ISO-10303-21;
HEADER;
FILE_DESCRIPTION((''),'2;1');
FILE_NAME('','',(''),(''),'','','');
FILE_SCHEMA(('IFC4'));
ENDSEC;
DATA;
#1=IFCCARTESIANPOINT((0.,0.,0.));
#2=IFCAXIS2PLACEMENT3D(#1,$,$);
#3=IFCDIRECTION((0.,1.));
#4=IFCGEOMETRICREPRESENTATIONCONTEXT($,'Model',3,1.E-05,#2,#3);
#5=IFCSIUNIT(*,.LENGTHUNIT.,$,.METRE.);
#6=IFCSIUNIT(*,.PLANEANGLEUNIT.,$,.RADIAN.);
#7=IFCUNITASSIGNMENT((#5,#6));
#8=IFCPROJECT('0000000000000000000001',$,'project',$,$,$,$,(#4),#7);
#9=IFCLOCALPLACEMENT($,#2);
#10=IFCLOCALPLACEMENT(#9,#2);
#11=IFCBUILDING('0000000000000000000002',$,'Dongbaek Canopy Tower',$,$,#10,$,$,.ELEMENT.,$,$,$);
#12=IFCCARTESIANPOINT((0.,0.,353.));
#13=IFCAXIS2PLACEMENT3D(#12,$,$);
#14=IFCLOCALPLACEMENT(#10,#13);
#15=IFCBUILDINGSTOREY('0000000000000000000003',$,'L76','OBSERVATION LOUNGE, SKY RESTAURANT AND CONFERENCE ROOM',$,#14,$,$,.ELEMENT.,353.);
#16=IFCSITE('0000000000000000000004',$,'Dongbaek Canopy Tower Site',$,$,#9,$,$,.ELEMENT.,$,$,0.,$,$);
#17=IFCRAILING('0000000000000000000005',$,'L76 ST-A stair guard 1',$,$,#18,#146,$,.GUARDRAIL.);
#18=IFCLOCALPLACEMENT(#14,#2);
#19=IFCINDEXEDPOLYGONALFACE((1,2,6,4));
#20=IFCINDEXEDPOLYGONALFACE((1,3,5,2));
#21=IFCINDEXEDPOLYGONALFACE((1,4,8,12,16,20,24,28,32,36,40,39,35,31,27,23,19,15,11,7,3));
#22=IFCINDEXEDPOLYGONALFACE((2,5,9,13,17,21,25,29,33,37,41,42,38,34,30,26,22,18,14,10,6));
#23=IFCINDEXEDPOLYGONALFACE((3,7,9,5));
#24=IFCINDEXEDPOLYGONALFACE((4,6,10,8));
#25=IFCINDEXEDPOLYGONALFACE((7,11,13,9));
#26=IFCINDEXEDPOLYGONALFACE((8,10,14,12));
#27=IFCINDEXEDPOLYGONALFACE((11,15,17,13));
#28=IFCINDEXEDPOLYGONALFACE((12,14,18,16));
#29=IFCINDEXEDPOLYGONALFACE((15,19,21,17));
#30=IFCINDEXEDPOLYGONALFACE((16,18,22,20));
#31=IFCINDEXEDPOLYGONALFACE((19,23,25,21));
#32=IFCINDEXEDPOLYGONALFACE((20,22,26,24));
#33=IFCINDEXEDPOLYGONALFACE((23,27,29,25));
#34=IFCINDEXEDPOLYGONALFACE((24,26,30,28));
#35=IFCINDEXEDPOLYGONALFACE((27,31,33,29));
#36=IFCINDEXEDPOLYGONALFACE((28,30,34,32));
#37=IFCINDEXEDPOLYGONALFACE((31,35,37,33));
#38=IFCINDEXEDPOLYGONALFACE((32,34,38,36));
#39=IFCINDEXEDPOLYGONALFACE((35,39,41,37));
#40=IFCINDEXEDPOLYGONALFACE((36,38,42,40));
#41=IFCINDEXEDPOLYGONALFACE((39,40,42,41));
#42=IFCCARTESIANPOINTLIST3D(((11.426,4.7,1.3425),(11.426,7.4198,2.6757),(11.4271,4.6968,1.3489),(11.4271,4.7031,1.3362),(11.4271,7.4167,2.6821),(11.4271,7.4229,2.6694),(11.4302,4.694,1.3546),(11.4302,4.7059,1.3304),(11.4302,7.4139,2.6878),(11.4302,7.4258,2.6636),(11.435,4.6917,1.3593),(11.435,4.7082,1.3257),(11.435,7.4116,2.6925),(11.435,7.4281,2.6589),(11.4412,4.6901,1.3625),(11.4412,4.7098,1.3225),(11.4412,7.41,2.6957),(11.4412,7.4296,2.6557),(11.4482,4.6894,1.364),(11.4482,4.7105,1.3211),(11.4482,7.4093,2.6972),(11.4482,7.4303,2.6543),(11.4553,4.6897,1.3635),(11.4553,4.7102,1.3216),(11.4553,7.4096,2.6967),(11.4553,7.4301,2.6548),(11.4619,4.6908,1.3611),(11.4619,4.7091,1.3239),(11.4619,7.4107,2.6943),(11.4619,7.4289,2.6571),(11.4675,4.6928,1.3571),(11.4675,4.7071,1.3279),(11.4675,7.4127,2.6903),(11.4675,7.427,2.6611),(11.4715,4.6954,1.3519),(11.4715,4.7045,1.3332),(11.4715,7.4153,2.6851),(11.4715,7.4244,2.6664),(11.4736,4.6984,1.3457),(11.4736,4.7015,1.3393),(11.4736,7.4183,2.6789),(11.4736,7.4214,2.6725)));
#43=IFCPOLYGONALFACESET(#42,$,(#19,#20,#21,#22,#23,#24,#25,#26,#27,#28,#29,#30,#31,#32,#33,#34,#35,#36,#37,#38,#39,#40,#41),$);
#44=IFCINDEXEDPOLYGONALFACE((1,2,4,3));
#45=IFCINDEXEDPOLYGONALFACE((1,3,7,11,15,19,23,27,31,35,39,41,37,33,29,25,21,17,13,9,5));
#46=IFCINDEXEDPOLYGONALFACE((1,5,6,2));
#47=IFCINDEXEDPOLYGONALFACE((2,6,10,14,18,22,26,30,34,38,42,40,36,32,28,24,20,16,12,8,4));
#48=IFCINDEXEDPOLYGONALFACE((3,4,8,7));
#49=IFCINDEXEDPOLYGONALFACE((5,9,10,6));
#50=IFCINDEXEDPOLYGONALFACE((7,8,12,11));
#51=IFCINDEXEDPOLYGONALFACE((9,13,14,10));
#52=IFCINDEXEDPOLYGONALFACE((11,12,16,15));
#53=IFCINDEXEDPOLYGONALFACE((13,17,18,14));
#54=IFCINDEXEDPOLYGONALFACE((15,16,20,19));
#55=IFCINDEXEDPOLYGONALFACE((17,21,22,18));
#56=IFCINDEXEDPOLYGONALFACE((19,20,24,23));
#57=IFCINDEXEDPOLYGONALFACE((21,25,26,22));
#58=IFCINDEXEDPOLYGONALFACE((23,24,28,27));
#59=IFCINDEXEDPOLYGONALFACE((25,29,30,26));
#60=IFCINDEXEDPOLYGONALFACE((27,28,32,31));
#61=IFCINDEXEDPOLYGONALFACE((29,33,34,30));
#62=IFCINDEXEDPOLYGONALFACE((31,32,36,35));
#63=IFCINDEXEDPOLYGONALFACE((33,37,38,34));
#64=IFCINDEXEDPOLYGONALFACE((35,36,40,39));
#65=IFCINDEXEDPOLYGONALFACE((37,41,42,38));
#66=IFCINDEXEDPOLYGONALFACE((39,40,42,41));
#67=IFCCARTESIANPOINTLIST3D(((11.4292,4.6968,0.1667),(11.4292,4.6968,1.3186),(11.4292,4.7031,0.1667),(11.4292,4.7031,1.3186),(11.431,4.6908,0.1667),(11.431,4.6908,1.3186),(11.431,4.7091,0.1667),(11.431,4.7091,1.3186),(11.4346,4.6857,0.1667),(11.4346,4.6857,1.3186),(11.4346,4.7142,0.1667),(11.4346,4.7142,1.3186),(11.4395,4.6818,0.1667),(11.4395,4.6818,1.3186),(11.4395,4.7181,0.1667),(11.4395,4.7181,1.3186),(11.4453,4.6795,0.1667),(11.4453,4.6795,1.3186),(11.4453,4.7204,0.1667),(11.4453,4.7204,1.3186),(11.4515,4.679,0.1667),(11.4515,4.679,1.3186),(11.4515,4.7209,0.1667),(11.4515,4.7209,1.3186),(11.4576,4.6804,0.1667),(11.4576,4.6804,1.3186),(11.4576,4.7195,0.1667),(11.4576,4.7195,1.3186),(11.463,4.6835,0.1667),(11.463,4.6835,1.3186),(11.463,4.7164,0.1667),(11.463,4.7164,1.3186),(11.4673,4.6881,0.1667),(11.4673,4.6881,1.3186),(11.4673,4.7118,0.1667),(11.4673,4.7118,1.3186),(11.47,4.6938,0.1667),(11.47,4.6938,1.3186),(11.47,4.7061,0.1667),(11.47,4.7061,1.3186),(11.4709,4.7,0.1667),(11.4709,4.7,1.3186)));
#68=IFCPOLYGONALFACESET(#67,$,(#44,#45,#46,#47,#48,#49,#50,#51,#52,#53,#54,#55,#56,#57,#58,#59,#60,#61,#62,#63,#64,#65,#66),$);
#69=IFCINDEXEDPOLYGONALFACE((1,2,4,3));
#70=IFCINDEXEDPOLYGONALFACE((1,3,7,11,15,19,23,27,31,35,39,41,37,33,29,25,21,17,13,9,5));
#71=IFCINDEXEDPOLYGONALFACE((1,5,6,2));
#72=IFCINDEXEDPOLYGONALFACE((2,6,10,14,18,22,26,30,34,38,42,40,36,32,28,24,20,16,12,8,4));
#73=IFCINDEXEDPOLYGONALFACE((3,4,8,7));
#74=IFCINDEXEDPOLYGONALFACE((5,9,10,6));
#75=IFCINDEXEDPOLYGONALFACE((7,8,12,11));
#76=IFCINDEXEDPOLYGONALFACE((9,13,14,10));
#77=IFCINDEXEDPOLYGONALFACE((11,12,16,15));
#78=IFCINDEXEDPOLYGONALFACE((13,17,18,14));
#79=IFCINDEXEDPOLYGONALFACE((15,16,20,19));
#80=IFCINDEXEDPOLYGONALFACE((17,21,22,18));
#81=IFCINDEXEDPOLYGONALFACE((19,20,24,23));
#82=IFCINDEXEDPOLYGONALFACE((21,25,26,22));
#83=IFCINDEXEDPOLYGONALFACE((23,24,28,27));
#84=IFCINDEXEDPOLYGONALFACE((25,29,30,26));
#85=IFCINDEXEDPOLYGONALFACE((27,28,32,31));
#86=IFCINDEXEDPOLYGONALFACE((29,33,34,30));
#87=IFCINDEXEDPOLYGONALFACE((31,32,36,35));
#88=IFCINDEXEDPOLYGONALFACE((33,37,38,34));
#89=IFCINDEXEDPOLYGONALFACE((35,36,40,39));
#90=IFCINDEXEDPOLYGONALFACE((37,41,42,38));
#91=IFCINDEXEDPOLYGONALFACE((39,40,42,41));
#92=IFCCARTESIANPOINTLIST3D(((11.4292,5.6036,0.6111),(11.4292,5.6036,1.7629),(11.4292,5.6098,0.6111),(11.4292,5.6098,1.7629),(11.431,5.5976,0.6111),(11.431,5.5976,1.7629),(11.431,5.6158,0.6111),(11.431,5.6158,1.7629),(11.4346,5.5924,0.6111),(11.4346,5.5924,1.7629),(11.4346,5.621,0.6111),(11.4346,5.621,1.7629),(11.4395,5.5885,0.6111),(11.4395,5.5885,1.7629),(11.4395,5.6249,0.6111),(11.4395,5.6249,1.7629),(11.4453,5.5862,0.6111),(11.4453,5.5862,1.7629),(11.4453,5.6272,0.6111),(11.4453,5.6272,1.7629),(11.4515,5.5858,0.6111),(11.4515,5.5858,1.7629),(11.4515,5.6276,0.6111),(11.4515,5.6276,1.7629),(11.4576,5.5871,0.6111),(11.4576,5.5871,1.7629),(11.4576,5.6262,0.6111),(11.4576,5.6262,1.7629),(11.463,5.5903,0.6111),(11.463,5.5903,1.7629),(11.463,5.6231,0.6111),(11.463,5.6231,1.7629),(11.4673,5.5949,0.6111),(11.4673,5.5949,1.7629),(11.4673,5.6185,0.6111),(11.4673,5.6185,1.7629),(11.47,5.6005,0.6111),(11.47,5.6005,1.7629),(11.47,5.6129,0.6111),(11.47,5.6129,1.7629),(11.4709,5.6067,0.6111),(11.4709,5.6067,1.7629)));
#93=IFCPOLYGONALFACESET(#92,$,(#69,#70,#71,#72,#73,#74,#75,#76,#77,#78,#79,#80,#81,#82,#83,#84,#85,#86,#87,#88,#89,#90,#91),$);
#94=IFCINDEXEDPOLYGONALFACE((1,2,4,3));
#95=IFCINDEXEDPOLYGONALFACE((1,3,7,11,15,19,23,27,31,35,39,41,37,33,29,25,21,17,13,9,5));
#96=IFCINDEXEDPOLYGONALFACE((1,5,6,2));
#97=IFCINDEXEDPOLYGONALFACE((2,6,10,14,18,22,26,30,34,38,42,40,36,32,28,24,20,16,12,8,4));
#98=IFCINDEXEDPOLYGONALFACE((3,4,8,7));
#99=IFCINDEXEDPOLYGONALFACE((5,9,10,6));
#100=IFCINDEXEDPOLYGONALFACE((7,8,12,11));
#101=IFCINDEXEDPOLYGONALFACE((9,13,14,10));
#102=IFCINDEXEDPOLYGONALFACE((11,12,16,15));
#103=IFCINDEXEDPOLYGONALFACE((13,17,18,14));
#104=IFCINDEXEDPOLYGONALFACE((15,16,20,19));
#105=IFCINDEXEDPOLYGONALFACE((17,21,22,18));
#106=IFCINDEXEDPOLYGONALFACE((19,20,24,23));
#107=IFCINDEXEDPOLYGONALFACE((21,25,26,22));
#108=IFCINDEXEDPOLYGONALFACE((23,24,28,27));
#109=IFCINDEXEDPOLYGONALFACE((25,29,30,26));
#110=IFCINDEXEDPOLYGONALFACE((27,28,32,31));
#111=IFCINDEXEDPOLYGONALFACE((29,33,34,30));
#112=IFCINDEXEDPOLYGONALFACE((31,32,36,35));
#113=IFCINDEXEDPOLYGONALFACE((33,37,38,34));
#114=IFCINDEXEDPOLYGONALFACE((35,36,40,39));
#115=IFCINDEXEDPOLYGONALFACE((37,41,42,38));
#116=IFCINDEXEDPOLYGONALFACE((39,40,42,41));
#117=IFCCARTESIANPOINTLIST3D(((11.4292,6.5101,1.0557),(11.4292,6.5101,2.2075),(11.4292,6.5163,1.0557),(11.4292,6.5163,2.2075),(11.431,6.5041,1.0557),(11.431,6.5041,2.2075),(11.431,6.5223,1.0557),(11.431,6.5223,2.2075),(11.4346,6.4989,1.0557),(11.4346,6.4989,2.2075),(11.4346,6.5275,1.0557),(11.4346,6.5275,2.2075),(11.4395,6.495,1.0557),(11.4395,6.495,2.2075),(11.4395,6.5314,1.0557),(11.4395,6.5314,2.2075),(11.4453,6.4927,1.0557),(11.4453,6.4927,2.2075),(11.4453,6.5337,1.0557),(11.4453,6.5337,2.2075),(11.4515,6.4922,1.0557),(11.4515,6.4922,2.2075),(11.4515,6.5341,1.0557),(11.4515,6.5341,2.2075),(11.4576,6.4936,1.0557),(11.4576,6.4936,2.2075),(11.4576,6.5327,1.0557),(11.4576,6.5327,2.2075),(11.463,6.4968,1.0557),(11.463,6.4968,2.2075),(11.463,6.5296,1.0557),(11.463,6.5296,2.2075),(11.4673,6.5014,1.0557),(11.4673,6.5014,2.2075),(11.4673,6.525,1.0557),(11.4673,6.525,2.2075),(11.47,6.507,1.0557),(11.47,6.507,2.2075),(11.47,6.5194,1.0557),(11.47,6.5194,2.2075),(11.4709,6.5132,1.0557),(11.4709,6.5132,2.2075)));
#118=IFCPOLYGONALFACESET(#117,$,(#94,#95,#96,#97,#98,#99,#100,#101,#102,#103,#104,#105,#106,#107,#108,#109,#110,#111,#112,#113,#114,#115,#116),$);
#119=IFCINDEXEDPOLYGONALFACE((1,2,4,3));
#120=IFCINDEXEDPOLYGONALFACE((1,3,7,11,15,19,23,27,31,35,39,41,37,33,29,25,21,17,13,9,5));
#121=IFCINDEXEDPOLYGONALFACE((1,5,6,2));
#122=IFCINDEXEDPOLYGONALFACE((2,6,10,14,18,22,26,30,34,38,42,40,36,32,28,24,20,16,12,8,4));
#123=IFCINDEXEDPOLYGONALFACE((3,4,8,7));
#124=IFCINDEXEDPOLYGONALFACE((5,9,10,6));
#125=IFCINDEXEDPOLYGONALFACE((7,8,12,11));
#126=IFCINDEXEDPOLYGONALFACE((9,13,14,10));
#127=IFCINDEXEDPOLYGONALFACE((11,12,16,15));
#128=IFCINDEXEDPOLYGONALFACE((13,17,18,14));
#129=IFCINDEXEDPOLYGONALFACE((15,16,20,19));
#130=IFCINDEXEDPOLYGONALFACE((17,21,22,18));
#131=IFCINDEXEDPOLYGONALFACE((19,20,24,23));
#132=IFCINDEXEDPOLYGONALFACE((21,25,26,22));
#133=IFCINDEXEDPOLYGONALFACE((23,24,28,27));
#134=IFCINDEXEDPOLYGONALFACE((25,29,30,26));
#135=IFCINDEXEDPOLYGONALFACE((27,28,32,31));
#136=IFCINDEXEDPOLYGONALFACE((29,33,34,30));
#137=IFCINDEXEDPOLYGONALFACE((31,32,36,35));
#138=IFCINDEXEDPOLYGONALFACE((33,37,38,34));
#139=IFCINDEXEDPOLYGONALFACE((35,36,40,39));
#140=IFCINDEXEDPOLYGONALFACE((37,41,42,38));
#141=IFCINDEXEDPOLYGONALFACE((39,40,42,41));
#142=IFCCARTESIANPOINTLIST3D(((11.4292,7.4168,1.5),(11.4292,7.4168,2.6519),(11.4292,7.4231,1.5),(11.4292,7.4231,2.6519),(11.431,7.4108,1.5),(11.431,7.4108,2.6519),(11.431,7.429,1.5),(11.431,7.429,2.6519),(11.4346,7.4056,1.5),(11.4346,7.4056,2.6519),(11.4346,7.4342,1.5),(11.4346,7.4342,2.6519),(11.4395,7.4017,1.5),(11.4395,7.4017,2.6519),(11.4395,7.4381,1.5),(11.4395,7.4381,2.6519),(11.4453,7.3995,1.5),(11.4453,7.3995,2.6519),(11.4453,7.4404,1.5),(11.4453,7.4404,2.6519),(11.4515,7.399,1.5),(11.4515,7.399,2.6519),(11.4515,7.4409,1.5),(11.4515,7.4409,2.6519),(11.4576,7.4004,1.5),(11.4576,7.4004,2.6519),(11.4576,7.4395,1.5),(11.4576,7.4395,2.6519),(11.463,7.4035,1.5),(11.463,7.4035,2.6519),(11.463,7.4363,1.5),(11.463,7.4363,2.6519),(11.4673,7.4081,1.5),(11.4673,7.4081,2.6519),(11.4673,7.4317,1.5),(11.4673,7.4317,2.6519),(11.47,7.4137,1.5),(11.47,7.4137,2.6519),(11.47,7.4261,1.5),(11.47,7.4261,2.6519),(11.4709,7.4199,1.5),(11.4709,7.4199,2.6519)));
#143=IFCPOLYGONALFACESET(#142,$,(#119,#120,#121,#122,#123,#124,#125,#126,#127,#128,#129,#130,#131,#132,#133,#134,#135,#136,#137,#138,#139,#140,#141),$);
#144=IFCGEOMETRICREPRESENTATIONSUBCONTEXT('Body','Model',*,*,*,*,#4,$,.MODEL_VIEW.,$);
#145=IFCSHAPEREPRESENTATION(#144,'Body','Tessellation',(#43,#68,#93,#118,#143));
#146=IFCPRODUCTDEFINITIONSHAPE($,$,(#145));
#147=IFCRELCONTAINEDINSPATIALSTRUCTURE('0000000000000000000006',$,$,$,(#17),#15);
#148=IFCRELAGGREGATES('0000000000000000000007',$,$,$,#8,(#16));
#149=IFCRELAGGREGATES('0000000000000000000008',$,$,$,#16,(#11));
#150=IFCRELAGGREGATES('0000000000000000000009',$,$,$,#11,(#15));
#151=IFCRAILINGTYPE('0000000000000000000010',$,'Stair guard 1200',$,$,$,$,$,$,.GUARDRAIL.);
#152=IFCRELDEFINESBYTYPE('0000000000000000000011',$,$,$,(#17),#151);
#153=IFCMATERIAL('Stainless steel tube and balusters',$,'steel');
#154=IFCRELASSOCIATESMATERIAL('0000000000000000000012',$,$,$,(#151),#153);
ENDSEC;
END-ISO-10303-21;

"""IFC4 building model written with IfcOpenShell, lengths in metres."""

from ifc_helpers import new_model, si_unit, direction, frame, origin, origin_2d, place, context, subcontext, project, spatial, circle, extrude, material, type_object, element, save


model = new_model("IFC4")

# Units and contexts
model_context = context("Model", 3, precision=1e-05, world=origin(), true_north=direction((0.0, 1.0)))
body_context = subcontext(model_context, "Body", "Model", "MODEL_VIEW")
ifc_project = project(units=[si_unit("LENGTHUNIT", "METRE"), si_unit("PLANEANGLEUNIT", "RADIAN")], contexts=[model_context])

# Site, building, storey
site_placement = place(None, origin())
site = spatial("IfcSite", under=ifc_project, at=site_placement, Name="Dongbaek Canopy Tower Site", CompositionType="ELEMENT", RefElevation=0.0)
building_placement = place(site_placement, origin())
building = spatial("IfcBuilding", under=site, at=building_placement, Name="Dongbaek Canopy Tower", CompositionType="ELEMENT")
storey_placement = place(building_placement, frame((0.0, 0.0, 353.0)))
storey = spatial("IfcBuildingStorey", under=building, at=storey_placement, Name="L76", Description="OBSERVATION LOUNGE, SKY RESTAURANT AND CONFERENCE ROOM", CompositionType="ELEMENT", Elevation=353.0)

# Railing
ifc_material_1 = material(Name="Stainless steel tube and balusters", Category="steel")
railing_type_1 = type_object("IfcRailingType", Name="Stair guard 1200", PredefinedType="GUARDRAIL", material=ifc_material_1)
railing_1_placement = place(storey_placement, frame((11.45, 4.7, 0.1667)))
element("IfcRailing", 1, at=railing_1_placement, inside=storey, type_object=railing_type_1, Name="L76 ST-A stair guard 1", PredefinedType="GUARDRAIL", context=body_context, shape_type="SweptSolid", body=[
    extrude(circle(Radius=0.0239, at=origin_2d()), frame((0.0, 0.0, 1.1758), z_axis=(0.0, 0.897929, 0.440139), x_axis=(-1.0, 0.0, 0.0)), (0.0, 0.0, 1.0), 3.0291),
    extrude(circle(Radius=0.021, at=origin_2d()), origin(), (0.0, 0.0, 1.0), 1.1519),
    extrude(circle(Radius=0.021, at=origin_2d()), frame((0.0, 0.9067, 0.4443)), (0.0, 0.0, 1.0), 1.1519),
    extrude(circle(Radius=0.021, at=origin_2d()), frame((0.0, 1.8132, 0.8889)), (0.0, 0.0, 1.0), 1.1519),
    extrude(circle(Radius=0.021, at=origin_2d()), frame((0.0, 2.72, 1.3333)), (0.0, 0.0, 1.0), 1.1519),
])

save(model, "model.ifc")
